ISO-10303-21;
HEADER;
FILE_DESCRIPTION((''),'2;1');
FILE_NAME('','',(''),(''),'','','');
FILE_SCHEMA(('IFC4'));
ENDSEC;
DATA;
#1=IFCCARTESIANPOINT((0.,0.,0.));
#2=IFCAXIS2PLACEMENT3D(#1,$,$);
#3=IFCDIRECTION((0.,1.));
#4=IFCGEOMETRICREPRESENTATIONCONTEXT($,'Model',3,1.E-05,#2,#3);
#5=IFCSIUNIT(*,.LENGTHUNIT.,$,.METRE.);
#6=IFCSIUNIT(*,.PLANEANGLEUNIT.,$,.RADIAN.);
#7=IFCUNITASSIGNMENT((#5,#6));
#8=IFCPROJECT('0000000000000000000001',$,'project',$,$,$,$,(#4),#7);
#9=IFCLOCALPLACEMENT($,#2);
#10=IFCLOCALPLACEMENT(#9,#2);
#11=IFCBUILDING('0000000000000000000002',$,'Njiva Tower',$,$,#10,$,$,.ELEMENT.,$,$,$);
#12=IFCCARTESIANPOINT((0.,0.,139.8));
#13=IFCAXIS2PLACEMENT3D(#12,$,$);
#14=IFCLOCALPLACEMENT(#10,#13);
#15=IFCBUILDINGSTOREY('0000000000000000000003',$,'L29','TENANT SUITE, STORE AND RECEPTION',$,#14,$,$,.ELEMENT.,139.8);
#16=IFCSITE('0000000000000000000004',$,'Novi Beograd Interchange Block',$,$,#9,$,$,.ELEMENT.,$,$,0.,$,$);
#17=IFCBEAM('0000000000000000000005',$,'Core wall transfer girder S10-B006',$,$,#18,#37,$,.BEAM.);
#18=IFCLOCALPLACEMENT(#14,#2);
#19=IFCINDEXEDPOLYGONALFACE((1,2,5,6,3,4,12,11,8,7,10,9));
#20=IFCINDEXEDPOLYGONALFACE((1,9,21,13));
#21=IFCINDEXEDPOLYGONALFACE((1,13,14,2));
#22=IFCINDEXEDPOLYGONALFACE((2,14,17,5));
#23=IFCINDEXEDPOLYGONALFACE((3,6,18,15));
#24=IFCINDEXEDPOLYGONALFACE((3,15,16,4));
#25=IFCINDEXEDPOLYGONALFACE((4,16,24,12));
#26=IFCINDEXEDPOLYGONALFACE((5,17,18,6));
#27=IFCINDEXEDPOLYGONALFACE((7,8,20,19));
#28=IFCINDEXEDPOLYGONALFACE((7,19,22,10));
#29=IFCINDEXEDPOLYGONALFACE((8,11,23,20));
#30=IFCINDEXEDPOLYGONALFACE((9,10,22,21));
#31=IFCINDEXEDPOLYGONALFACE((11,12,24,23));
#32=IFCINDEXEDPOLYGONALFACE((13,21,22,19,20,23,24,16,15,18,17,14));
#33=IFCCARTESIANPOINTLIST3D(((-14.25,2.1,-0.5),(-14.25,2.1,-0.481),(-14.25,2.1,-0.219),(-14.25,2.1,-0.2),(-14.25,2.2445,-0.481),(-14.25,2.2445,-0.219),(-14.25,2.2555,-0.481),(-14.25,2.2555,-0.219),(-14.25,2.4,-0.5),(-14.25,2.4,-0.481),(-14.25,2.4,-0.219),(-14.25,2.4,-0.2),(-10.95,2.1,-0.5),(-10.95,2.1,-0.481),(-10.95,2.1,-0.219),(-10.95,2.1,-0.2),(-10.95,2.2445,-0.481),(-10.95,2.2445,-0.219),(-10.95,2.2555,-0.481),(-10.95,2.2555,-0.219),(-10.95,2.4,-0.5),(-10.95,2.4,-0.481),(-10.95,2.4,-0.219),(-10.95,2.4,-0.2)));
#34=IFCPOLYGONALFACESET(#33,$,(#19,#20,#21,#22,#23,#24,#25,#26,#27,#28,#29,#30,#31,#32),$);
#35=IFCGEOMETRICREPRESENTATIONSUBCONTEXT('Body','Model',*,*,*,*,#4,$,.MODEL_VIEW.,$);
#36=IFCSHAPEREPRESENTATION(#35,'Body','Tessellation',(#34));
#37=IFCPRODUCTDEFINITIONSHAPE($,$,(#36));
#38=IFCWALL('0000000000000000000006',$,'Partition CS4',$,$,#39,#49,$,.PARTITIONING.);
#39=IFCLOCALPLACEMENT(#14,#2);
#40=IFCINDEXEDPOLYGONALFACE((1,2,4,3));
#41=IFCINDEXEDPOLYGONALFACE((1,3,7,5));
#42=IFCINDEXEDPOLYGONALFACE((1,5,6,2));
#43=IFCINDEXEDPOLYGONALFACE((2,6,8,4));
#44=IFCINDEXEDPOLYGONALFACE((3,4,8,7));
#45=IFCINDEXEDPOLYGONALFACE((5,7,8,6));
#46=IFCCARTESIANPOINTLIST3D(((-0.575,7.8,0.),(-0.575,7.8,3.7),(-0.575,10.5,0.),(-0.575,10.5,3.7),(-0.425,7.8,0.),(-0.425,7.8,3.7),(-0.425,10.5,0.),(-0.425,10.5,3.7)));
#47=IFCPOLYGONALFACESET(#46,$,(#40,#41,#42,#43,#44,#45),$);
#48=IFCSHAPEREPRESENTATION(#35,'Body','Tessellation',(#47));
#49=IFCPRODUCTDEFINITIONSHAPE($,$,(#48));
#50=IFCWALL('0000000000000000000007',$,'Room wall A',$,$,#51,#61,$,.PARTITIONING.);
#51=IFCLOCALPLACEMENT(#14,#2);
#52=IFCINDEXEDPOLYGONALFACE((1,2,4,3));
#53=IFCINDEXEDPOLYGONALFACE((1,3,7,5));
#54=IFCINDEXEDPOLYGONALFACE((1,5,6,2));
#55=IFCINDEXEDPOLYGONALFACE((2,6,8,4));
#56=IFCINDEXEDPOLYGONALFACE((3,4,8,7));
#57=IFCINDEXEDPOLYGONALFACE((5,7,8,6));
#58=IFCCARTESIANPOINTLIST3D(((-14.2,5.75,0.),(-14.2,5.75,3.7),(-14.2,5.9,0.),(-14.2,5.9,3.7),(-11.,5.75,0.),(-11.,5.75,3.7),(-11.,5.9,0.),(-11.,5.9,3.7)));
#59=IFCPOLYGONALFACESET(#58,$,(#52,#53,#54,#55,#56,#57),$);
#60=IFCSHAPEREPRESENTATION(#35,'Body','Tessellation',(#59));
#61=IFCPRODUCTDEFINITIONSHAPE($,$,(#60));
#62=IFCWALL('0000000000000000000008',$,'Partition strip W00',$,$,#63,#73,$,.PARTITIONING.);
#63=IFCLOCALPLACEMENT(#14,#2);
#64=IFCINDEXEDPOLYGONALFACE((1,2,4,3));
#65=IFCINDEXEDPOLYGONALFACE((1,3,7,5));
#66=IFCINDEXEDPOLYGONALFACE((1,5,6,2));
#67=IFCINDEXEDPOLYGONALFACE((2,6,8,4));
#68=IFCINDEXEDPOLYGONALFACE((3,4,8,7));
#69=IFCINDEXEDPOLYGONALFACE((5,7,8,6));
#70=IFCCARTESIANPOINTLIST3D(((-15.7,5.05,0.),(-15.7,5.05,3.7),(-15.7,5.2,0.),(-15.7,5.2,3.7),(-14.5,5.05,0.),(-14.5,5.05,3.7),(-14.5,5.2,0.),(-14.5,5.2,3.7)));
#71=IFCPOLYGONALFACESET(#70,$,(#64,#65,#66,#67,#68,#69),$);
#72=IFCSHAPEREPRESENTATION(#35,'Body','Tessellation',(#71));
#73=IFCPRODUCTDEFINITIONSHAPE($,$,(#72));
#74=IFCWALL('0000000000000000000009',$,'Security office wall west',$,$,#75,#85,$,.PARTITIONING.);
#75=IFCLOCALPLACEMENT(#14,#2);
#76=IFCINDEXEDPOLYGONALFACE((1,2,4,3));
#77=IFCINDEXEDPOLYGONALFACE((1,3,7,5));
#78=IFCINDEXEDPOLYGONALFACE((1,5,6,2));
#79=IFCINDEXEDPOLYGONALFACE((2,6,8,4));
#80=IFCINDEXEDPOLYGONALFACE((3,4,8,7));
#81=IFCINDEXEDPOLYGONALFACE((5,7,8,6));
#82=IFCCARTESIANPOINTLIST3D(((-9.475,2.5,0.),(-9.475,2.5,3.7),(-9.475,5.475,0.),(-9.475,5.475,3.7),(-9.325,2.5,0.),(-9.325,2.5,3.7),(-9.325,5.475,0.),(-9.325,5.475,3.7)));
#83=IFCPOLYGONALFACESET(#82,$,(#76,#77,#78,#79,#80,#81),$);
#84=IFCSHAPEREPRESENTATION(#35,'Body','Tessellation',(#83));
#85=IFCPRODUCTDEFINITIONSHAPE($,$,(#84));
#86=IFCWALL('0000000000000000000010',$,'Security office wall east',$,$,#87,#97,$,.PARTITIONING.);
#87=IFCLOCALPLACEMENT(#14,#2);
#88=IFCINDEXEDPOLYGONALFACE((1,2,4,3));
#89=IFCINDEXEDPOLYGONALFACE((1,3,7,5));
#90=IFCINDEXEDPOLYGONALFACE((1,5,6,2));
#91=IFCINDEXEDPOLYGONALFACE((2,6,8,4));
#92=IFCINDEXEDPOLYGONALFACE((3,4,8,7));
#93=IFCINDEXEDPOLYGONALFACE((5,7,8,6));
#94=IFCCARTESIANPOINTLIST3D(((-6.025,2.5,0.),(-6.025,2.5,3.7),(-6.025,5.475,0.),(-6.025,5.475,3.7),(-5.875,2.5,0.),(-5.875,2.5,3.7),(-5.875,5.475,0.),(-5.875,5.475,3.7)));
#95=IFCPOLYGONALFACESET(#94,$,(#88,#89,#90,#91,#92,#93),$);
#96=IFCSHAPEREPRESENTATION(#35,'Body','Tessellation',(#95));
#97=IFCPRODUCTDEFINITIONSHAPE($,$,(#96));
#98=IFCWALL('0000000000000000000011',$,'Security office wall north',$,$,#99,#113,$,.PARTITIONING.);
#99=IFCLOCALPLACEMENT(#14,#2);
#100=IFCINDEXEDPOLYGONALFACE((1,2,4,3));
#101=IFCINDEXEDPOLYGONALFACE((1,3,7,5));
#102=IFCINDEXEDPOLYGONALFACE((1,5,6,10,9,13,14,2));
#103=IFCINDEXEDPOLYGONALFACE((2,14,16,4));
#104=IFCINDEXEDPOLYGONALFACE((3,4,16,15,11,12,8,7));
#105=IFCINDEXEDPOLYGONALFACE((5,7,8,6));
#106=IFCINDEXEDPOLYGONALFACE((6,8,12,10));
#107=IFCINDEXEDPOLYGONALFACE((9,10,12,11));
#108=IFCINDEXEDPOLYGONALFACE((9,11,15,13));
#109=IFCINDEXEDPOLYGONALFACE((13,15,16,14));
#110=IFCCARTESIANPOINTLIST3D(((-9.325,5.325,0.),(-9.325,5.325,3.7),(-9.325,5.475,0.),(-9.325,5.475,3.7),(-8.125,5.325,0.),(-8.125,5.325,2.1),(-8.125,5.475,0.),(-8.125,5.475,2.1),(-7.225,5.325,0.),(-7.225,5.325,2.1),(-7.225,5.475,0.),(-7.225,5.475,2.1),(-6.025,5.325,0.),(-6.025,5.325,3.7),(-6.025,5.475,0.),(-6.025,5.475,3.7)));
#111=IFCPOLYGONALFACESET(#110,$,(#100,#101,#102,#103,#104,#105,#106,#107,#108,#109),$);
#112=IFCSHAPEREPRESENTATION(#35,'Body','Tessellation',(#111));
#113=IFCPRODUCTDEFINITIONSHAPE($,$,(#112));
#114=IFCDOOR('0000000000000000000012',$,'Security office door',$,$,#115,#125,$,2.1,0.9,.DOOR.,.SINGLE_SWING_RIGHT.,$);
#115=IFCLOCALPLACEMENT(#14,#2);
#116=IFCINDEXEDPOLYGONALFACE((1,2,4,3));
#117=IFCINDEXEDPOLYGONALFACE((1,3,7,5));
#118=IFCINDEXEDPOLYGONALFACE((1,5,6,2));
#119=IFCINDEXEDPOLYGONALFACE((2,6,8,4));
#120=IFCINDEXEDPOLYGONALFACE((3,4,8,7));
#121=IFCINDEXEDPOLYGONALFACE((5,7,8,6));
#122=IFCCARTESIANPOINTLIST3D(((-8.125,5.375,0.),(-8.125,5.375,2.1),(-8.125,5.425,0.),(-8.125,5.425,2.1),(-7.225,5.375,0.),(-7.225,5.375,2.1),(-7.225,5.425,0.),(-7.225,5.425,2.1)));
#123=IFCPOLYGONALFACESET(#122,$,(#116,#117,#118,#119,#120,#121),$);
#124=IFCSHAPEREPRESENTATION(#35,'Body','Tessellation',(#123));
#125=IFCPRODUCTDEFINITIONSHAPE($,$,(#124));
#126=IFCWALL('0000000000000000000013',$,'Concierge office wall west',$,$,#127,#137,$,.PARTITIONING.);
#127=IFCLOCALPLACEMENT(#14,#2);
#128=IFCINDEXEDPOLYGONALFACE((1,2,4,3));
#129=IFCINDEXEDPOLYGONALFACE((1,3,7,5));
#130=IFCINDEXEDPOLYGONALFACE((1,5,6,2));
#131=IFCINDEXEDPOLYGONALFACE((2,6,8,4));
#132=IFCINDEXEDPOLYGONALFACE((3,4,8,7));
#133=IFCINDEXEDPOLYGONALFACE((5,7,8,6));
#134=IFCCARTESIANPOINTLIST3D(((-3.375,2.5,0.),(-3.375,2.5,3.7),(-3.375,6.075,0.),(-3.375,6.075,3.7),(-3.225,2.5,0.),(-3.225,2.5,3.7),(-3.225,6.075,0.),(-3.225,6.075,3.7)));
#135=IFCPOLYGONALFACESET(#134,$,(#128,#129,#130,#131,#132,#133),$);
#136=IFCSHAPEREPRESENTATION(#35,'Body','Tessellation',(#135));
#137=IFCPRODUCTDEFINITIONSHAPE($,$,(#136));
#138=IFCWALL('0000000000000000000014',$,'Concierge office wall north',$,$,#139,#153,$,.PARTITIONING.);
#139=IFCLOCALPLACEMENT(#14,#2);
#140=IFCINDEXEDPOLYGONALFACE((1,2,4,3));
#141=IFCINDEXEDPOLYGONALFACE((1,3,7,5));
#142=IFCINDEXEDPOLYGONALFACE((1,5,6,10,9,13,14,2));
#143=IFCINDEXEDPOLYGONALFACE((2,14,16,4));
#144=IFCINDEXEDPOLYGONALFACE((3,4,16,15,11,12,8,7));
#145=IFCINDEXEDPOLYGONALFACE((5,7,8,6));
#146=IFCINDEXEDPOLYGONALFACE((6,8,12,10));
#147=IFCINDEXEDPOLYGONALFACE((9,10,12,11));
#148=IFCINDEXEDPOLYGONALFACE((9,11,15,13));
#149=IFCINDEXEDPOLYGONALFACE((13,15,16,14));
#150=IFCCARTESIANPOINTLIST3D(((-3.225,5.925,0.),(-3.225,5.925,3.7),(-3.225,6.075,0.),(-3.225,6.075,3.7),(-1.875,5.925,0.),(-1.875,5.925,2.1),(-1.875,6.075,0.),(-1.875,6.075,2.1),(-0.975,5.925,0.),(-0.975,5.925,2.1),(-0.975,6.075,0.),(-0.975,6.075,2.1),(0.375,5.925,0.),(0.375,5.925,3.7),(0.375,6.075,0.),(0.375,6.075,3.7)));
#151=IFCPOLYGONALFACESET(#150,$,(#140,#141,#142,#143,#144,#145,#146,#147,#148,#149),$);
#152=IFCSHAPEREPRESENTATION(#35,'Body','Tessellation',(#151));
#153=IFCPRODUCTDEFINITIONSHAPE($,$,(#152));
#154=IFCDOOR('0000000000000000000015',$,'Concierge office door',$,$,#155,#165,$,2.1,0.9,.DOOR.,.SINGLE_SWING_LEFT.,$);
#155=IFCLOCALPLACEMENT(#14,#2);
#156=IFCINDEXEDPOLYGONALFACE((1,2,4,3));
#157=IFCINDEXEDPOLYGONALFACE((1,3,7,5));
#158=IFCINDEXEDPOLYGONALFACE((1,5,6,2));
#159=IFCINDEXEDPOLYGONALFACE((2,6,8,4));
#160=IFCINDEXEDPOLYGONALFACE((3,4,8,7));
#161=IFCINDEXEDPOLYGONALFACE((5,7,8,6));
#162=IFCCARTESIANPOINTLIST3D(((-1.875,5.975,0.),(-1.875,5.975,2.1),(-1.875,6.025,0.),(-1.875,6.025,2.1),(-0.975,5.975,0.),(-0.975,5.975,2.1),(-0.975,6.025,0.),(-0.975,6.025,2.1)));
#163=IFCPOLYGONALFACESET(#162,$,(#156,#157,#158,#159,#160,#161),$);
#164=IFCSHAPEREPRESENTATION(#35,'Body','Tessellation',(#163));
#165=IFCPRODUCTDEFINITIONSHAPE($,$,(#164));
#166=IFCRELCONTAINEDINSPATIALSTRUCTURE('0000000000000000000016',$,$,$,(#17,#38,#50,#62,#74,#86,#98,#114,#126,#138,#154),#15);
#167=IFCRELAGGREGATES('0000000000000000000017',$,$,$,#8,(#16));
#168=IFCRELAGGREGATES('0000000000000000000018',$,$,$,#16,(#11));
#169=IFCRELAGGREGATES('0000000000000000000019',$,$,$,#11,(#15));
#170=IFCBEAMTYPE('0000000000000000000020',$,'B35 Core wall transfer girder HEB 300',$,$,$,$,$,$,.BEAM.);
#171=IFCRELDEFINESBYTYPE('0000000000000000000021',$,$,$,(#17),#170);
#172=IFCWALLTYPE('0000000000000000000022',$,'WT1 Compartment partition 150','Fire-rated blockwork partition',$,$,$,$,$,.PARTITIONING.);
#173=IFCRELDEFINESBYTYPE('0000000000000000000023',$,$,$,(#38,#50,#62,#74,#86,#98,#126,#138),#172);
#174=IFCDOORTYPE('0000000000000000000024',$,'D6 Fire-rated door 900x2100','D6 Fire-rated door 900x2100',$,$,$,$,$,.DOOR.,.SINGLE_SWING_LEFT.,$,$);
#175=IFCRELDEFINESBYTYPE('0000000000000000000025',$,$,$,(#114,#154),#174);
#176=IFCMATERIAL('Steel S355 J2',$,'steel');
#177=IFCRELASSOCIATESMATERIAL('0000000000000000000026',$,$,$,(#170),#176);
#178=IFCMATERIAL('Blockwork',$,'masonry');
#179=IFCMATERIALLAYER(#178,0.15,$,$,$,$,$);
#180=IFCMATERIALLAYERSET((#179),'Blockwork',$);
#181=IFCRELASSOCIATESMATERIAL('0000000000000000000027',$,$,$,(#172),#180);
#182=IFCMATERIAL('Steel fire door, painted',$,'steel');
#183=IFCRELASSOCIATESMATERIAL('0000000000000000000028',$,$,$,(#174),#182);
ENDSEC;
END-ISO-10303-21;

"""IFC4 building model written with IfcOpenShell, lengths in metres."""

from ifc_helpers import new_model, si_unit, direction, frame, frame_2d, origin, origin_2d, place, context, subcontext, project, spatial, rectangle, i_section, extrude, material, layer, layer_set, material_profile, profile_set, type_object, element, fill, save


model = new_model("IFC4")

# Units and contexts
model_context = context("Model", 3, precision=1e-05, world=origin(), true_north=direction((0.0, 1.0)))
body_context = subcontext(model_context, "Body", "Model", "MODEL_VIEW")
ifc_project = project(units=[si_unit("LENGTHUNIT", "METRE"), si_unit("PLANEANGLEUNIT", "RADIAN")], contexts=[model_context])

# Site, building, storey
site_placement = place(None, origin())
site = spatial("IfcSite", under=ifc_project, at=site_placement, Name="Novi Beograd Interchange Block", CompositionType="ELEMENT", RefElevation=0.0)
building_placement = place(site_placement, origin())
building = spatial("IfcBuilding", under=site, at=building_placement, Name="Njiva Tower", CompositionType="ELEMENT")
storey_placement = place(building_placement, frame((0.0, 0.0, 139.8)))
storey = spatial("IfcBuildingStorey", under=building, at=storey_placement, Name="L29", Description="TENANT SUITE, STORE AND RECEPTION", CompositionType="ELEMENT", Elevation=139.8)

# Beam
ifc_material_1 = material(Name="Steel S355 J2", Category="steel")
ifc_material_profile = material_profile(ifc_material_1, i_section(OverallWidth=0.3, OverallDepth=0.3, WebThickness=0.011, FlangeThickness=0.019, at=origin_2d()), Name="HEB 300")
ifc_profile_set = profile_set([ifc_material_profile], Name="Steel S355 J2")
beam_type = type_object("IfcBeamType", Name="B35 Core wall transfer girder HEB 300", PredefinedType="BEAM", material=ifc_profile_set)
beam_placement = place(storey_placement, frame((-14.25, 2.25, -0.35), z_axis=(1.0, 0.0, 0.0), x_axis=(0.0, 1.0, 0.0)))
element("IfcBeam", 1, at=beam_placement, inside=storey, type_object=beam_type, Name="Core wall transfer girder S10-B006", PredefinedType="BEAM", context=body_context, shape_type="SweptSolid", body=[
    extrude(i_section(OverallWidth=0.3, OverallDepth=0.3, WebThickness=0.011, FlangeThickness=0.019, at=origin_2d()), origin(), (0.0, 0.0, 1.0), 3.3),
])

# Walls
ifc_material_2 = material(Name="Blockwork", Category="masonry")
ifc_layer_1 = layer(ifc_material_2, 0.15)
ifc_layer_set_1 = layer_set([ifc_layer_1], Name="Blockwork")
wall_type_1 = type_object("IfcWallType", Name="WT1 Compartment partition 150", Description="Fire-rated blockwork partition", PredefinedType="PARTITIONING", material=ifc_layer_set_1)
wall_1_placement = place(storey_placement, frame((-0.5, 7.8, 0.0), z_axis=(0.0, 0.0, 1.0), x_axis=(0.0, 1.0, 0.0)))
element("IfcWall", 2, at=wall_1_placement, inside=storey, type_object=wall_type_1, Name="Partition CS4", PredefinedType="PARTITIONING", context=body_context, shape_type="SweptSolid", body=[
    extrude(rectangle(XDim=2.7, YDim=0.15, at=frame_2d((1.35, 0.0))), origin(), (0.0, 0.0, 1.0), 3.7),
])
wall_2_placement = place(storey_placement, frame((-14.2, 5.825, 0.0), z_axis=(0.0, 0.0, 1.0), x_axis=(1.0, 0.0, 0.0)))
element("IfcWall", 3, at=wall_2_placement, inside=storey, type_object=wall_type_1, Name="Room wall A", PredefinedType="PARTITIONING", context=body_context, shape_type="SweptSolid", body=[
    extrude(rectangle(XDim=3.2, YDim=0.15, at=frame_2d((1.6, 0.0))), origin(), (0.0, 0.0, 1.0), 3.7),
])
wall_3_placement = place(storey_placement, frame((-15.7, 5.125, 0.0), z_axis=(0.0, 0.0, 1.0), x_axis=(1.0, 0.0, 0.0)))
element("IfcWall", 4, at=wall_3_placement, inside=storey, type_object=wall_type_1, Name="Partition strip W00", PredefinedType="PARTITIONING", context=body_context, shape_type="SweptSolid", body=[
    extrude(rectangle(XDim=1.2, YDim=0.15, at=frame_2d((0.6, 0.0))), origin(), (0.0, 0.0, 1.0), 3.7),
])
for number, where, z_axis, x_axis, name in (
    (5, (-9.4, 2.5, 0.0), (0.0, 0.0, 1.0), (0.0, 1.0, 0.0), "Security office wall west"),
    (6, (-5.95, 2.5, 0.0), (0.0, 0.0, 1.0), (0.0, 1.0, 0.0), "Security office wall east"),
):
    element("IfcWall", number, at=place(storey_placement, frame(where, z_axis=z_axis, x_axis=x_axis)), inside=storey, type_object=wall_type_1, Name=name, PredefinedType="PARTITIONING", context=body_context, shape_type="SweptSolid", body=[
        extrude(rectangle(XDim=2.975, YDim=0.15, at=frame_2d((1.4875, 0.0))), origin(), (0.0, 0.0, 1.0), 3.7),
    ])

# Wall, opening, door
wall_4_placement = place(storey_placement, frame((-9.325, 5.4, 0.0), z_axis=(0.0, 0.0, 1.0), x_axis=(1.0, 0.0, 0.0)))
wall_4 = element("IfcWall", 7, at=wall_4_placement, inside=storey, type_object=wall_type_1, Name="Security office wall north", PredefinedType="PARTITIONING", context=body_context, shape_type="SweptSolid", body=[
    extrude(rectangle(XDim=3.3, YDim=0.15, at=frame_2d((1.65, 0.0))), origin(), (0.0, 0.0, 1.0), 3.7),
])
opening_1_placement = place(wall_4_placement, frame((1.2, 0.0, 0.0)))
opening_1 = element("IfcOpeningElement", 8, at=opening_1_placement, cuts=wall_4, PredefinedType="OPENING", context=body_context, shape_type="SweptSolid", body=[
    extrude(rectangle(XDim=0.9, YDim=2.1, at=frame_2d((0.45, 1.05))), frame((0.0, 0.085, 0.0), z_axis=(0.0, -1.0, 0.0), x_axis=(1.0, 0.0, 0.0)), (0.0, 0.0, 1.0), 0.17),
])
ifc_material_3 = material(Name="Steel fire door, painted", Category="steel")
door_type_1 = type_object("IfcDoorType", Name="D6 Fire-rated door 900x2100", Description="D6 Fire-rated door 900x2100", OperationType="SINGLE_SWING_LEFT", PredefinedType="DOOR", material=ifc_material_3)
door_1_placement = place(opening_1_placement, origin())
door_1 = element("IfcDoor", 9, at=door_1_placement, inside=storey, type_object=door_type_1, Name="Security office door", OperationType="SINGLE_SWING_RIGHT", OverallHeight=2.1, OverallWidth=0.9, PredefinedType="DOOR", context=body_context, shape_type="SweptSolid", body=[
    extrude(rectangle(XDim=0.9, YDim=2.1, at=frame_2d((0.45, 1.05))), frame((0.0, 0.025, 0.0), z_axis=(0.0, -1.0, 0.0), x_axis=(1.0, 0.0, 0.0)), (0.0, 0.0, 1.0), 0.05),
])
fill(opening_1, door_1)

# Wall
wall_5_placement = place(storey_placement, frame((-3.3, 2.5, 0.0), z_axis=(0.0, 0.0, 1.0), x_axis=(0.0, 1.0, 0.0)))
element("IfcWall", 10, at=wall_5_placement, inside=storey, type_object=wall_type_1, Name="Concierge office wall west", PredefinedType="PARTITIONING", context=body_context, shape_type="SweptSolid", body=[
    extrude(rectangle(XDim=3.575, YDim=0.15, at=frame_2d((1.7875, 0.0))), origin(), (0.0, 0.0, 1.0), 3.7),
])

# Wall, opening, door
wall_6_placement = place(storey_placement, frame((-3.225, 6.0, 0.0), z_axis=(0.0, 0.0, 1.0), x_axis=(1.0, 0.0, 0.0)))
wall_6 = element("IfcWall", 11, at=wall_6_placement, inside=storey, type_object=wall_type_1, Name="Concierge office wall north", PredefinedType="PARTITIONING", context=body_context, shape_type="SweptSolid", body=[
    extrude(rectangle(XDim=3.6, YDim=0.15, at=frame_2d((1.8, 0.0))), origin(), (0.0, 0.0, 1.0), 3.7),
])
opening_2_placement = place(wall_6_placement, frame((1.35, 0.0, 0.0)))
opening_2 = element("IfcOpeningElement", 12, at=opening_2_placement, cuts=wall_6, PredefinedType="OPENING", context=body_context, shape_type="SweptSolid", body=[
    extrude(rectangle(XDim=0.9, YDim=2.1, at=frame_2d((0.45, 1.05))), frame((0.0, 0.085, 0.0), z_axis=(0.0, -1.0, 0.0), x_axis=(1.0, 0.0, 0.0)), (0.0, 0.0, 1.0), 0.17),
])
door_2_placement = place(opening_2_placement, origin())
door_2 = element("IfcDoor", 13, at=door_2_placement, inside=storey, type_object=door_type_1, Name="Concierge office door", OperationType="SINGLE_SWING_LEFT", OverallHeight=2.1, OverallWidth=0.9, PredefinedType="DOOR", context=body_context, shape_type="SweptSolid", body=[
    extrude(rectangle(XDim=0.9, YDim=2.1, at=frame_2d((0.45, 1.05))), frame((0.0, 0.025, 0.0), z_axis=(0.0, -1.0, 0.0), x_axis=(1.0, 0.0, 0.0)), (0.0, 0.0, 1.0), 0.05),
])
fill(opening_2, door_2)

save(model, "model.ifc")
